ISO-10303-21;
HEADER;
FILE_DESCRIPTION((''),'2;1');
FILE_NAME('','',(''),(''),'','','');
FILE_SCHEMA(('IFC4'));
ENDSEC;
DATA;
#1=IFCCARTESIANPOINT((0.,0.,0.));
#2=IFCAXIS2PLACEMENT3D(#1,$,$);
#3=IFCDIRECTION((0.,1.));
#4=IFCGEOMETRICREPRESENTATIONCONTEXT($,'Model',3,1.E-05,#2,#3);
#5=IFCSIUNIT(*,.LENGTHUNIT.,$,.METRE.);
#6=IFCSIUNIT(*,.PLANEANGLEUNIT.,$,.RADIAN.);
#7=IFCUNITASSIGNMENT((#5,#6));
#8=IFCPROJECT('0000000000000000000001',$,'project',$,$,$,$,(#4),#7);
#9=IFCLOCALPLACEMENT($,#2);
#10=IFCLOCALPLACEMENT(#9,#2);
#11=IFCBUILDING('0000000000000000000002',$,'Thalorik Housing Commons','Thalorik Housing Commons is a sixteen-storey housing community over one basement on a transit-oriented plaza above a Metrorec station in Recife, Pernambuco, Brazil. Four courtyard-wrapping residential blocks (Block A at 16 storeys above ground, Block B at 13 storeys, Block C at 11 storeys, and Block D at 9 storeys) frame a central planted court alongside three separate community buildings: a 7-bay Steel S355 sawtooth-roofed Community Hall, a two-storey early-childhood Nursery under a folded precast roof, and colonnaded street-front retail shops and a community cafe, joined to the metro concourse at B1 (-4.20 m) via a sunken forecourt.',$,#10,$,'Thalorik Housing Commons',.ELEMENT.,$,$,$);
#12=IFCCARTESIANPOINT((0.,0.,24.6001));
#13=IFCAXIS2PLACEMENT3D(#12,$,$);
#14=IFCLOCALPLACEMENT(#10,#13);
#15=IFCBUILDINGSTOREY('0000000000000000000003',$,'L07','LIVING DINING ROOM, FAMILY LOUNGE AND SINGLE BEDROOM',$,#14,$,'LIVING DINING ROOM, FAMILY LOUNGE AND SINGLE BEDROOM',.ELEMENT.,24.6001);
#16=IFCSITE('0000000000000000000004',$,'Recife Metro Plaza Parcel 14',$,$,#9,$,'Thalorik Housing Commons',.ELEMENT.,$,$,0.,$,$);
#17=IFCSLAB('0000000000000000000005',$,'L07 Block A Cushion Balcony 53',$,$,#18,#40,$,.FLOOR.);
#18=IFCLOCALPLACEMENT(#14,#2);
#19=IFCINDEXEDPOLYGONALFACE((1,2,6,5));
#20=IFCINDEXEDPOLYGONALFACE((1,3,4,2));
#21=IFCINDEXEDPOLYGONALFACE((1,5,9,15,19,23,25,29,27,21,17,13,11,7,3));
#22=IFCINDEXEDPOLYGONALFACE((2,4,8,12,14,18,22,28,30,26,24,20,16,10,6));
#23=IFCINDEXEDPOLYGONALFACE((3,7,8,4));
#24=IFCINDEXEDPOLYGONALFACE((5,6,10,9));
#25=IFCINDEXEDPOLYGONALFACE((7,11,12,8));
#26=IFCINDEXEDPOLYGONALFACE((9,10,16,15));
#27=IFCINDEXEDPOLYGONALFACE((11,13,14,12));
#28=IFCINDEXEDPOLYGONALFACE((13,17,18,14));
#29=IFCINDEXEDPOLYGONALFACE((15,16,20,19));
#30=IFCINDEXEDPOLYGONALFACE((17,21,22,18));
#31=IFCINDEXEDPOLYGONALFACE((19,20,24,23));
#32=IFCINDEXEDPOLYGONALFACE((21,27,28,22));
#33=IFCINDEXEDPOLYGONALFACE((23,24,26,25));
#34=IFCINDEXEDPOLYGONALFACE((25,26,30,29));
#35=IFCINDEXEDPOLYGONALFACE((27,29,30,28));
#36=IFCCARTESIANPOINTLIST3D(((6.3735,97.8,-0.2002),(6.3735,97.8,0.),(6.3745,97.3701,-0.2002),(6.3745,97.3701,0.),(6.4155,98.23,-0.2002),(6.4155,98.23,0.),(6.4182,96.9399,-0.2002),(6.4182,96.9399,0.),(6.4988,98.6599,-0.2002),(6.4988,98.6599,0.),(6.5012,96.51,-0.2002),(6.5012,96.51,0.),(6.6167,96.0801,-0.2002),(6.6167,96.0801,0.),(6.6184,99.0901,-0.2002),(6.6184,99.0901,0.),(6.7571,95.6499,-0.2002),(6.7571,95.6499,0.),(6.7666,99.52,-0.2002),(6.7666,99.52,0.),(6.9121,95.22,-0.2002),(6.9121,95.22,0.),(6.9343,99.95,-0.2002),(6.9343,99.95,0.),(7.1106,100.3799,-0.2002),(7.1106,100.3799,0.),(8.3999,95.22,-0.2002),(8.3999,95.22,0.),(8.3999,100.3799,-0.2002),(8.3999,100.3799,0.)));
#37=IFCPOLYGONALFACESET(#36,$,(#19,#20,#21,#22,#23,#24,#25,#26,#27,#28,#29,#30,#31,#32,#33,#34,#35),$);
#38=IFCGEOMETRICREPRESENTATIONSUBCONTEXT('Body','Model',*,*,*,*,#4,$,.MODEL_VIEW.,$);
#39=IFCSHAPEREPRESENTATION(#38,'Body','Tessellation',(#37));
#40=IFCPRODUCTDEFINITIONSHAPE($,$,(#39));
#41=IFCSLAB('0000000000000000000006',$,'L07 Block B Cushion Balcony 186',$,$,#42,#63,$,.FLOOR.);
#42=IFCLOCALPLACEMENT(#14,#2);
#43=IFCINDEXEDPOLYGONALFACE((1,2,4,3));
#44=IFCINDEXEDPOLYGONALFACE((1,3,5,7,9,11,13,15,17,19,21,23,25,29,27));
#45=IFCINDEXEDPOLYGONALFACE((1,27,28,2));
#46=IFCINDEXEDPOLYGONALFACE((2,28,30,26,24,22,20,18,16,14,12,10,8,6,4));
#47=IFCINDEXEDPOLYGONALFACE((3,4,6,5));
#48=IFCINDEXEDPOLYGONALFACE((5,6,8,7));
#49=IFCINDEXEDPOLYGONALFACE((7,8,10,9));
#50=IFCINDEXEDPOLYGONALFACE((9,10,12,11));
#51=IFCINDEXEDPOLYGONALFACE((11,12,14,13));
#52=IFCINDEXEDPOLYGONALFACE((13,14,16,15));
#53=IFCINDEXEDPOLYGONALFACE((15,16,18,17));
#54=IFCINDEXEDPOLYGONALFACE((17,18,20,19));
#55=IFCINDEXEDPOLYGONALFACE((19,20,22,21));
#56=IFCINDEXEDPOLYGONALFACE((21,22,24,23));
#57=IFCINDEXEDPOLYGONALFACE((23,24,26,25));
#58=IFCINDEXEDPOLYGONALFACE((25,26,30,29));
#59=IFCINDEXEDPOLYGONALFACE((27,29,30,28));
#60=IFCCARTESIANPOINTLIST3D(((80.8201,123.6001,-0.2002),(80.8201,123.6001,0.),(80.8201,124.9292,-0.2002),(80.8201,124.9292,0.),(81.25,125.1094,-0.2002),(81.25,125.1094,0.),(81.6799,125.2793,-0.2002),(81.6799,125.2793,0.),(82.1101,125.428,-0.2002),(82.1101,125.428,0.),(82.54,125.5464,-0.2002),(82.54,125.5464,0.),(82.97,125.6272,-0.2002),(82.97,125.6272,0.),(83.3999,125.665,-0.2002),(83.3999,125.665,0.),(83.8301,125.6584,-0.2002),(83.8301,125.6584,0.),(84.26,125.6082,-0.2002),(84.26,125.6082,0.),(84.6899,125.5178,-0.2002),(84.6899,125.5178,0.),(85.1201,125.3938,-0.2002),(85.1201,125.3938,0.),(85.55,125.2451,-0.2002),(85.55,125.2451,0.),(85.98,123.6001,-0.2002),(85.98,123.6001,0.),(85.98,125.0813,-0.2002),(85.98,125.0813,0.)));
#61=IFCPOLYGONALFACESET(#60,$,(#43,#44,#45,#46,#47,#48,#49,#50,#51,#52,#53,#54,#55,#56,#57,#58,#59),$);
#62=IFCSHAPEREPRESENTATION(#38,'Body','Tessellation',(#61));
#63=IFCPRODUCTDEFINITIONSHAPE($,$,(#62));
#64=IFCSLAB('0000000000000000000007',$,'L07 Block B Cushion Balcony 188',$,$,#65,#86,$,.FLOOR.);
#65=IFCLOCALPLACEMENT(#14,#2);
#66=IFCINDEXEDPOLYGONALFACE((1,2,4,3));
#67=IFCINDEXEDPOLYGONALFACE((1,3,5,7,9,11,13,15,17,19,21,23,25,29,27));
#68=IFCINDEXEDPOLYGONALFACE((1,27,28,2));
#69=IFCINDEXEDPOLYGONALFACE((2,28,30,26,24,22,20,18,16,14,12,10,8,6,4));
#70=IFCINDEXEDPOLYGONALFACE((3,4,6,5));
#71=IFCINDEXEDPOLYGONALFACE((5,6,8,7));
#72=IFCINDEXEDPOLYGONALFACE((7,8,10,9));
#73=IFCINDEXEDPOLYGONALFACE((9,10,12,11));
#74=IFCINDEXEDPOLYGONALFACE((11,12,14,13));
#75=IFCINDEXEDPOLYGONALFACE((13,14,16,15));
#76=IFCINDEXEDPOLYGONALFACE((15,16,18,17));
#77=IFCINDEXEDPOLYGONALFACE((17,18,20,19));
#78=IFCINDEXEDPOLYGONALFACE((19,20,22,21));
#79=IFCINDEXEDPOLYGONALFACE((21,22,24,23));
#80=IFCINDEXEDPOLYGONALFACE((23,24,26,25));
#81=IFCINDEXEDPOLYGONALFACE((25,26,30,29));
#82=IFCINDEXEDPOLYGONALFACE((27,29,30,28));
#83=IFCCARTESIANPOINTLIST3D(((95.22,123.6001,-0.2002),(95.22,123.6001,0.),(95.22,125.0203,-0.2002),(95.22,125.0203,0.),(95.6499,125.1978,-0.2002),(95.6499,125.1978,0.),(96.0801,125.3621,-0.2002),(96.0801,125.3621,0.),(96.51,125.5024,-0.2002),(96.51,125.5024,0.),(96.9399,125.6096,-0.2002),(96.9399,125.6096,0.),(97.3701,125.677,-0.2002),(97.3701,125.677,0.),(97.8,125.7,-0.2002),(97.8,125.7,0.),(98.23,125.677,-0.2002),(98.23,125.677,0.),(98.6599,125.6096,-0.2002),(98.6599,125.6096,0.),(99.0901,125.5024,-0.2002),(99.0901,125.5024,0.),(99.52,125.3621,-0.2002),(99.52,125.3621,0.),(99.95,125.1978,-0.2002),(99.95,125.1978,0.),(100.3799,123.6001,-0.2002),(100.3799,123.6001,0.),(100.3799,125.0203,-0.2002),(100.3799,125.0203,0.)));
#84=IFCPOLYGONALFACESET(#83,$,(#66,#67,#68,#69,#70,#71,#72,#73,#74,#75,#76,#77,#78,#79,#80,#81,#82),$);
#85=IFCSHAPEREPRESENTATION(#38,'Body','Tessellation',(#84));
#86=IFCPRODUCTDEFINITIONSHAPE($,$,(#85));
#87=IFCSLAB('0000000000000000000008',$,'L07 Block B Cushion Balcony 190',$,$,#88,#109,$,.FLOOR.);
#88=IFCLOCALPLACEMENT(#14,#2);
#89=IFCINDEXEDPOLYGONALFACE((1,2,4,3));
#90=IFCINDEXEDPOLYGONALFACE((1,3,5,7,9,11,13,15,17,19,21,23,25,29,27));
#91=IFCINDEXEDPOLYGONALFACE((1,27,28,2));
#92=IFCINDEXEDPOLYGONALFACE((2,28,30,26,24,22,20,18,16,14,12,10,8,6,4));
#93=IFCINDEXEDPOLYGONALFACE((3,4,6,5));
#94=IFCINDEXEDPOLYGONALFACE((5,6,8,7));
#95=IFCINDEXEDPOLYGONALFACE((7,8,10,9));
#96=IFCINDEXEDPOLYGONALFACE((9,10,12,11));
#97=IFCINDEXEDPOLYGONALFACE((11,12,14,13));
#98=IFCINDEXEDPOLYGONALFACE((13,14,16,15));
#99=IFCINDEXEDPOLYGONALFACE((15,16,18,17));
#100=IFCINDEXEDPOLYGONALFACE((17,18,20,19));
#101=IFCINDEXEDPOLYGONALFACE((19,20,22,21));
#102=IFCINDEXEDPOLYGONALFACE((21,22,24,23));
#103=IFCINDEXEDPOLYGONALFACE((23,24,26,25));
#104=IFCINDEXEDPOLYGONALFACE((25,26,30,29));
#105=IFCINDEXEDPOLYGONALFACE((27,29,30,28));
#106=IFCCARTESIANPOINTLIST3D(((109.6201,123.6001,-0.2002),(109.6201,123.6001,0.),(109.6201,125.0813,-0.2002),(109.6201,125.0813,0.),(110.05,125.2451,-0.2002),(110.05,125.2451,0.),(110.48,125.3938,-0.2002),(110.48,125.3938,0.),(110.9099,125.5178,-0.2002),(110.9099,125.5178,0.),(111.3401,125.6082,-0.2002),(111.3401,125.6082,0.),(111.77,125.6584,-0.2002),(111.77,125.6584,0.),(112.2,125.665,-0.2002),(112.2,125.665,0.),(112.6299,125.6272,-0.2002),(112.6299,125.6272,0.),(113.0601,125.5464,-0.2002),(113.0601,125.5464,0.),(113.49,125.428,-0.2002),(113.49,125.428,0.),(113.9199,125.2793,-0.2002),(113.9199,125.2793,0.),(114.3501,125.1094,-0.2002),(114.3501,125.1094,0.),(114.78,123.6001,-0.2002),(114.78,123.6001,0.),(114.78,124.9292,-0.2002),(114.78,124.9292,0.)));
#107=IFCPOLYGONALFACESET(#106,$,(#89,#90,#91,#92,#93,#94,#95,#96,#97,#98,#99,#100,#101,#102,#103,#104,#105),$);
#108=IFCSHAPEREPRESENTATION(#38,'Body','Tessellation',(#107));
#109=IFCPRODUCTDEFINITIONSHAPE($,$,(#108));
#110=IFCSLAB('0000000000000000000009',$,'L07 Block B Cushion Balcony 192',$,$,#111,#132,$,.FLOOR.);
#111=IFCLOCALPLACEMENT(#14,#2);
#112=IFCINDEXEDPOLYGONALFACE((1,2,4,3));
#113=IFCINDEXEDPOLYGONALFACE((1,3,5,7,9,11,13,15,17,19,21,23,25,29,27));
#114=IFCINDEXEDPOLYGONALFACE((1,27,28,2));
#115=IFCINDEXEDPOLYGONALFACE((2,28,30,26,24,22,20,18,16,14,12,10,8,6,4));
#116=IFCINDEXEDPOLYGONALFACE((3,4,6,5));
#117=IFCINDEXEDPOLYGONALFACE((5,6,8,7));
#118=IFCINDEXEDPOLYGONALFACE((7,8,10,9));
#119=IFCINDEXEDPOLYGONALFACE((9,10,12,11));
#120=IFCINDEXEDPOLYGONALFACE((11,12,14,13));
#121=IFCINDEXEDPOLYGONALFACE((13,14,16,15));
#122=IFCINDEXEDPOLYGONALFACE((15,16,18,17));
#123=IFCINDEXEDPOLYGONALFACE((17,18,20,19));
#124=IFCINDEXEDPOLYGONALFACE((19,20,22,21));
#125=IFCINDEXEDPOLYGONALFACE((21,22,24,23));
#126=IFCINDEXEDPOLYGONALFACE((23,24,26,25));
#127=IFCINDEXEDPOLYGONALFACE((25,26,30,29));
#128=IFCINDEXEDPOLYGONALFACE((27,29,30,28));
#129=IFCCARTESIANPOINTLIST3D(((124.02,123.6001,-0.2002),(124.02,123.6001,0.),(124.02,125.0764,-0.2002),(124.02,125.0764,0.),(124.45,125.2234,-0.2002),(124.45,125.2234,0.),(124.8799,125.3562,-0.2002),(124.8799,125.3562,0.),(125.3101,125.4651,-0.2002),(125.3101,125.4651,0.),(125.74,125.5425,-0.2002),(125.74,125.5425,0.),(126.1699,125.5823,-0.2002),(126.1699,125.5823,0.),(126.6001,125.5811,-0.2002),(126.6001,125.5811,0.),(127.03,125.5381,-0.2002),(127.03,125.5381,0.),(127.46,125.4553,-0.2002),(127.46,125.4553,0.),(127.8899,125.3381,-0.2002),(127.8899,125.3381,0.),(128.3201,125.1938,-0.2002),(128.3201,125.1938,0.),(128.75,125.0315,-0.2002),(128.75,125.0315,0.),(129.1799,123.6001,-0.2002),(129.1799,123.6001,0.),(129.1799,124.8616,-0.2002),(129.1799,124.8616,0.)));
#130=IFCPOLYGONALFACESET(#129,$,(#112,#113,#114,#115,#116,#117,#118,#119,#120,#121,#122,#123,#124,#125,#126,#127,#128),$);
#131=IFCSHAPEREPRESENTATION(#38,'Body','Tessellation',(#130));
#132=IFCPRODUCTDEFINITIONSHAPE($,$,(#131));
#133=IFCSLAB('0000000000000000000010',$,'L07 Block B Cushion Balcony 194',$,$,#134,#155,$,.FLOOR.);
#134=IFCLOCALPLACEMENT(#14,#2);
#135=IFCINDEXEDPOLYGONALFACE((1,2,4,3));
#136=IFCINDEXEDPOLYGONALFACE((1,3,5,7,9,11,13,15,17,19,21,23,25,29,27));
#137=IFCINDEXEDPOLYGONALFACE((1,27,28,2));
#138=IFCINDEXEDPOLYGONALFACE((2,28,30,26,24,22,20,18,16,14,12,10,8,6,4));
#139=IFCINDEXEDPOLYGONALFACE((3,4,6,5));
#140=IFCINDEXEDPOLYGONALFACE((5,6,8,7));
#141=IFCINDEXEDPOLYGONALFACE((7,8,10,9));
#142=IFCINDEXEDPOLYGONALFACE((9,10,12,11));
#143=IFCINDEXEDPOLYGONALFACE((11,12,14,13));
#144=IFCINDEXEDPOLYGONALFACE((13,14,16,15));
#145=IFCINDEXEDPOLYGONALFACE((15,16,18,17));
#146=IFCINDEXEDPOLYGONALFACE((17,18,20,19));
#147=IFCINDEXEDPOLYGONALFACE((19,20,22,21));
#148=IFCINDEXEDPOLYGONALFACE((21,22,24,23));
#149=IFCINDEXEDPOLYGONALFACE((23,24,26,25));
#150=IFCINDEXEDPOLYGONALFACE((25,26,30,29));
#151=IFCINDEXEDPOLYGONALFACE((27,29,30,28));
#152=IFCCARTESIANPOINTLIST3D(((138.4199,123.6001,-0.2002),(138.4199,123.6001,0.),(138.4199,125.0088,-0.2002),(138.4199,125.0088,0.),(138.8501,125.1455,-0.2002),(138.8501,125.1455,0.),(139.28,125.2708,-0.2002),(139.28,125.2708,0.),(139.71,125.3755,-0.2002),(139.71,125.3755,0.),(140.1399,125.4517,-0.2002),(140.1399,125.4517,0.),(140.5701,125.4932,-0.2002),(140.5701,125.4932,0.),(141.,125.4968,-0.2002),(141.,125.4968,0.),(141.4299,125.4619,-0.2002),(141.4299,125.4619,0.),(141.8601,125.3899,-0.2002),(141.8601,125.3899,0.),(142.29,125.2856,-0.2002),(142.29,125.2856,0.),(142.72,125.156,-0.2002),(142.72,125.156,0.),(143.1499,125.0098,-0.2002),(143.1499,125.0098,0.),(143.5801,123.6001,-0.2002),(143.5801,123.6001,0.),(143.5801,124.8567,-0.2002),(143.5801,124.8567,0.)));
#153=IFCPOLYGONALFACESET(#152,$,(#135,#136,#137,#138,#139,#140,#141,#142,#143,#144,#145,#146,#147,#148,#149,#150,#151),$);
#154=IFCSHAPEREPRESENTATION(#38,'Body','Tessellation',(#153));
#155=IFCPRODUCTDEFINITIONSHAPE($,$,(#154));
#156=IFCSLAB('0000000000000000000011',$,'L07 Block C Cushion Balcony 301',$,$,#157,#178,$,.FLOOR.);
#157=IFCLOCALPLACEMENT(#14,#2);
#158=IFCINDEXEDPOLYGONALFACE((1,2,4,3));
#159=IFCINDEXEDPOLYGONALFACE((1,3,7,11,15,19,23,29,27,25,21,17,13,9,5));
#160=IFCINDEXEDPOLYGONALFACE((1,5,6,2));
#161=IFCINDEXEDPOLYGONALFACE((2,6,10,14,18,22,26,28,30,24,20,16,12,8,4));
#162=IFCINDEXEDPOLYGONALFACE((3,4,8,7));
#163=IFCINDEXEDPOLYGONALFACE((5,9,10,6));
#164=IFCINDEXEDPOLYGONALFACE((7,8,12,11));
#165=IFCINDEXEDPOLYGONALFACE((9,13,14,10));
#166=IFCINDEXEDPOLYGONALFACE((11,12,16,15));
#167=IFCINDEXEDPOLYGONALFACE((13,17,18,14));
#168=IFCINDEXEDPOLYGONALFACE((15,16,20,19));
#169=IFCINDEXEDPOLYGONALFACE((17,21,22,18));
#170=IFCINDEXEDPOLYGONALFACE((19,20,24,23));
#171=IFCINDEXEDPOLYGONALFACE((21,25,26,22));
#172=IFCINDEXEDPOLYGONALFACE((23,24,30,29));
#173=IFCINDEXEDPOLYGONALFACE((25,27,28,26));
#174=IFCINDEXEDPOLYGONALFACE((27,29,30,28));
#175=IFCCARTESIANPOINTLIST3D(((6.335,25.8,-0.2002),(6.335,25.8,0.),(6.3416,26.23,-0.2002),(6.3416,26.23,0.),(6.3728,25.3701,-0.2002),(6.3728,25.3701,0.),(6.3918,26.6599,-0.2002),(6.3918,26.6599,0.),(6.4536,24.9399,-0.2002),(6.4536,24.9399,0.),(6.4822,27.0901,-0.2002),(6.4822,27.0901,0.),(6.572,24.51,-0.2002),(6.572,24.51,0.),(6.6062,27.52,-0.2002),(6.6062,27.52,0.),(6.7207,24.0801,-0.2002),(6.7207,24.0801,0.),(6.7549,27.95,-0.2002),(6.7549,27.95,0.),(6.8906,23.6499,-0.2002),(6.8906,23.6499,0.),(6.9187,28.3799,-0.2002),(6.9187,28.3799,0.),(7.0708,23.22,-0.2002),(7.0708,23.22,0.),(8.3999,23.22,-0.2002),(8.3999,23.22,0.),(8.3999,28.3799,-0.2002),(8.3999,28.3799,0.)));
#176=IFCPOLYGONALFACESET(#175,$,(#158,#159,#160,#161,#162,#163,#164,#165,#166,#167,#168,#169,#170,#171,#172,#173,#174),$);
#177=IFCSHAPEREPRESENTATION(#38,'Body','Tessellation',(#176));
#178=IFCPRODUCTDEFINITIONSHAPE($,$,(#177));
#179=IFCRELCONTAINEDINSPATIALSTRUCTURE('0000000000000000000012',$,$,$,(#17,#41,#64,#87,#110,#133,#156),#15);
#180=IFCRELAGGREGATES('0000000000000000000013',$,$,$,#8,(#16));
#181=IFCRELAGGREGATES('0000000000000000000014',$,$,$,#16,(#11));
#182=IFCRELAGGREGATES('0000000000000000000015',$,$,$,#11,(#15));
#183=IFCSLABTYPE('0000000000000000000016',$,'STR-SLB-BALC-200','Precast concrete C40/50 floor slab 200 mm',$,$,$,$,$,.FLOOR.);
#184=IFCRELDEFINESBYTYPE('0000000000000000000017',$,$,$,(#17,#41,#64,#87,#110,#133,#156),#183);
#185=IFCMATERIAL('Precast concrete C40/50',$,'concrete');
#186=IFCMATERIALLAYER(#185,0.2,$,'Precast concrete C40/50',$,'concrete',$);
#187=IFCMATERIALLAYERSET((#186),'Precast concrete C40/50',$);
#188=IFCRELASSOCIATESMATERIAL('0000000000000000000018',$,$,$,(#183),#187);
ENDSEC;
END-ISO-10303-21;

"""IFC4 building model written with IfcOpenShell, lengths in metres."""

from ifc_helpers import new_model, si_unit, direction, frame, origin, place, context, subcontext, project, spatial, polyline, outline, extrude, material, layer, layer_set, type_object, element, save


model = new_model("IFC4")

# Units and contexts
model_context = context("Model", 3, precision=1e-05, world=origin(), true_north=direction((0.0, 1.0)))
body_context = subcontext(model_context, "Body", "Model", "MODEL_VIEW")
ifc_project = project(units=[si_unit("LENGTHUNIT", "METRE"), si_unit("PLANEANGLEUNIT", "RADIAN")], contexts=[model_context])

# Site, building, storey
site_placement = place(None, origin())
site = spatial("IfcSite", under=ifc_project, at=site_placement, Name="Recife Metro Plaza Parcel 14", LongName="Thalorik Housing Commons", CompositionType="ELEMENT", RefElevation=0.0)
building_placement = place(site_placement, origin())
building = spatial("IfcBuilding", under=site, at=building_placement, Name="Thalorik Housing Commons", Description="Thalorik Housing Commons is a sixteen-storey housing community over one basement on a transit-oriented plaza above a Metrorec station in Recife, Pernambuco, Brazil. Four courtyard-wrapping residential blocks (Block A at 16 storeys above ground, Block B at 13 storeys, Block C at 11 storeys, and Block D at 9 storeys) frame a central planted court alongside three separate community buildings: a 7-bay Steel S355 sawtooth-roofed Community Hall, a two-storey early-childhood Nursery under a folded precast roof, and colonnaded street-front retail shops and a community cafe, joined to the metro concourse at B1 (-4.20 m) via a sunken forecourt.", LongName="Thalorik Housing Commons", CompositionType="ELEMENT")
storey_placement = place(building_placement, frame((0.0, 0.0, 24.6001)))
storey = spatial("IfcBuildingStorey", under=building, at=storey_placement, Name="L07", Description="LIVING DINING ROOM, FAMILY LOUNGE AND SINGLE BEDROOM", LongName="LIVING DINING ROOM, FAMILY LOUNGE AND SINGLE BEDROOM", CompositionType="ELEMENT", Elevation=24.6001)

# Slabs
ifc_material_1 = material(Name="Precast concrete C40/50", Category="concrete")
ifc_layer_1 = layer(ifc_material_1, 0.2, Name="Precast concrete C40/50", Category="concrete")
ifc_layer_set_1 = layer_set([ifc_layer_1], Name="Precast concrete C40/50")
slab_type = type_object("IfcSlabType", Name="STR-SLB-BALC-200", Description="Precast concrete C40/50 floor slab 200 mm", PredefinedType="FLOOR", material=ifc_layer_set_1)
slab_1_placement = place(storey_placement, frame((0.0, 0.0, -0.2002)))
element("IfcSlab", 1, at=slab_1_placement, inside=storey, type_object=slab_type, Name="L07 Block A Cushion Balcony 53", PredefinedType="FLOOR", context=body_context, shape_type="SweptSolid", body=[
    extrude(outline(polyline([(8.3999, 95.22), (8.3999, 100.3799), (7.1106, 100.3799), (6.9343, 99.95), (6.7666, 99.52), (6.6184, 99.0901), (6.4988, 98.6599), (6.4155, 98.23), (6.3735, 97.8), (6.3745, 97.3701), (6.4182, 96.9399), (6.5012, 96.51), (6.6167, 96.0801), (6.7571, 95.6499), (6.9121, 95.22), (8.3999, 95.22)])), origin(), (0.0, 0.0, 1.0), 0.2002),
])
slab_2_placement = place(storey_placement, frame((0.0, 0.0, -0.2002)))
element("IfcSlab", 2, at=slab_2_placement, inside=storey, type_object=slab_type, Name="L07 Block B Cushion Balcony 186", PredefinedType="FLOOR", context=body_context, shape_type="SweptSolid", body=[
    extrude(outline(polyline([(80.8201, 123.6001), (85.98, 123.6001), (85.98, 125.0813), (85.55, 125.2451), (85.1201, 125.3938), (84.6899, 125.5178), (84.26, 125.6082), (83.8301, 125.6584), (83.3999, 125.665), (82.97, 125.6272), (82.54, 125.5464), (82.1101, 125.428), (81.6799, 125.2793), (81.25, 125.1094), (80.8201, 124.9292), (80.8201, 123.6001)])), origin(), (0.0, 0.0, 1.0), 0.2002),
])
slab_3_placement = place(storey_placement, frame((0.0, 0.0, -0.2002)))
element("IfcSlab", 3, at=slab_3_placement, inside=storey, type_object=slab_type, Name="L07 Block B Cushion Balcony 188", PredefinedType="FLOOR", context=body_context, shape_type="SweptSolid", body=[
    extrude(outline(polyline([(95.22, 123.6001), (100.3799, 123.6001), (100.3799, 125.0203), (99.95, 125.1978), (99.52, 125.3621), (99.0901, 125.5024), (98.6599, 125.6096), (98.23, 125.677), (97.8, 125.7), (97.3701, 125.677), (96.9399, 125.6096), (96.51, 125.5024), (96.0801, 125.3621), (95.6499, 125.1978), (95.22, 125.0203), (95.22, 123.6001)])), origin(), (0.0, 0.0, 1.0), 0.2002),
])
slab_4_placement = place(storey_placement, frame((0.0, 0.0, -0.2002)))
element("IfcSlab", 4, at=slab_4_placement, inside=storey, type_object=slab_type, Name="L07 Block B Cushion Balcony 190", PredefinedType="FLOOR", context=body_context, shape_type="SweptSolid", body=[
    extrude(outline(polyline([(109.6201, 123.6001), (114.78, 123.6001), (114.78, 124.9292), (114.3501, 125.1094), (113.9199, 125.2793), (113.49, 125.428), (113.0601, 125.5464), (112.6299, 125.6272), (112.2, 125.665), (111.77, 125.6584), (111.3401, 125.6082), (110.9099, 125.5178), (110.48, 125.3938), (110.05, 125.2451), (109.6201, 125.0813), (109.6201, 123.6001)])), origin(), (0.0, 0.0, 1.0), 0.2002),
])
slab_5_placement = place(storey_placement, frame((0.0, 0.0, -0.2002)))
element("IfcSlab", 5, at=slab_5_placement, inside=storey, type_object=slab_type, Name="L07 Block B Cushion Balcony 192", PredefinedType="FLOOR", context=body_context, shape_type="SweptSolid", body=[
    extrude(outline(polyline([(124.02, 123.6001), (129.1799, 123.6001), (129.1799, 124.8616), (128.75, 125.0315), (128.3201, 125.1938), (127.8899, 125.3381), (127.46, 125.4553), (127.03, 125.5381), (126.6001, 125.5811), (126.1699, 125.5823), (125.74, 125.5425), (125.3101, 125.4651), (124.8799, 125.3562), (124.45, 125.2234), (124.02, 125.0764), (124.02, 123.6001)])), origin(), (0.0, 0.0, 1.0), 0.2002),
])
slab_6_placement = place(storey_placement, frame((0.0, 0.0, -0.2002)))
element("IfcSlab", 6, at=slab_6_placement, inside=storey, type_object=slab_type, Name="L07 Block B Cushion Balcony 194", PredefinedType="FLOOR", context=body_context, shape_type="SweptSolid", body=[
    extrude(outline(polyline([(138.4199, 123.6001), (143.5801, 123.6001), (143.5801, 124.8567), (143.1499, 125.0098), (142.72, 125.156), (142.29, 125.2856), (141.8601, 125.3899), (141.4299, 125.4619), (141.0, 125.4968), (140.5701, 125.4932), (140.1399, 125.4517), (139.71, 125.3755), (139.28, 125.2708), (138.8501, 125.1455), (138.4199, 125.0088), (138.4199, 123.6001)])), origin(), (0.0, 0.0, 1.0), 0.2002),
])
slab_7_placement = place(storey_placement, frame((0.0, 0.0, -0.2002)))
element("IfcSlab", 7, at=slab_7_placement, inside=storey, type_object=slab_type, Name="L07 Block C Cushion Balcony 301", PredefinedType="FLOOR", context=body_context, shape_type="SweptSolid", body=[
    extrude(outline(polyline([(8.3999, 23.22), (8.3999, 28.3799), (6.9187, 28.3799), (6.7549, 27.95), (6.6062, 27.52), (6.4822, 27.0901), (6.3918, 26.6599), (6.3416, 26.23), (6.335, 25.8), (6.3728, 25.3701), (6.4536, 24.9399), (6.572, 24.51), (6.7207, 24.0801), (6.8906, 23.6499), (7.0708, 23.22), (8.3999, 23.22)])), origin(), (0.0, 0.0, 1.0), 0.2002),
])

save(model, "model.ifc")
